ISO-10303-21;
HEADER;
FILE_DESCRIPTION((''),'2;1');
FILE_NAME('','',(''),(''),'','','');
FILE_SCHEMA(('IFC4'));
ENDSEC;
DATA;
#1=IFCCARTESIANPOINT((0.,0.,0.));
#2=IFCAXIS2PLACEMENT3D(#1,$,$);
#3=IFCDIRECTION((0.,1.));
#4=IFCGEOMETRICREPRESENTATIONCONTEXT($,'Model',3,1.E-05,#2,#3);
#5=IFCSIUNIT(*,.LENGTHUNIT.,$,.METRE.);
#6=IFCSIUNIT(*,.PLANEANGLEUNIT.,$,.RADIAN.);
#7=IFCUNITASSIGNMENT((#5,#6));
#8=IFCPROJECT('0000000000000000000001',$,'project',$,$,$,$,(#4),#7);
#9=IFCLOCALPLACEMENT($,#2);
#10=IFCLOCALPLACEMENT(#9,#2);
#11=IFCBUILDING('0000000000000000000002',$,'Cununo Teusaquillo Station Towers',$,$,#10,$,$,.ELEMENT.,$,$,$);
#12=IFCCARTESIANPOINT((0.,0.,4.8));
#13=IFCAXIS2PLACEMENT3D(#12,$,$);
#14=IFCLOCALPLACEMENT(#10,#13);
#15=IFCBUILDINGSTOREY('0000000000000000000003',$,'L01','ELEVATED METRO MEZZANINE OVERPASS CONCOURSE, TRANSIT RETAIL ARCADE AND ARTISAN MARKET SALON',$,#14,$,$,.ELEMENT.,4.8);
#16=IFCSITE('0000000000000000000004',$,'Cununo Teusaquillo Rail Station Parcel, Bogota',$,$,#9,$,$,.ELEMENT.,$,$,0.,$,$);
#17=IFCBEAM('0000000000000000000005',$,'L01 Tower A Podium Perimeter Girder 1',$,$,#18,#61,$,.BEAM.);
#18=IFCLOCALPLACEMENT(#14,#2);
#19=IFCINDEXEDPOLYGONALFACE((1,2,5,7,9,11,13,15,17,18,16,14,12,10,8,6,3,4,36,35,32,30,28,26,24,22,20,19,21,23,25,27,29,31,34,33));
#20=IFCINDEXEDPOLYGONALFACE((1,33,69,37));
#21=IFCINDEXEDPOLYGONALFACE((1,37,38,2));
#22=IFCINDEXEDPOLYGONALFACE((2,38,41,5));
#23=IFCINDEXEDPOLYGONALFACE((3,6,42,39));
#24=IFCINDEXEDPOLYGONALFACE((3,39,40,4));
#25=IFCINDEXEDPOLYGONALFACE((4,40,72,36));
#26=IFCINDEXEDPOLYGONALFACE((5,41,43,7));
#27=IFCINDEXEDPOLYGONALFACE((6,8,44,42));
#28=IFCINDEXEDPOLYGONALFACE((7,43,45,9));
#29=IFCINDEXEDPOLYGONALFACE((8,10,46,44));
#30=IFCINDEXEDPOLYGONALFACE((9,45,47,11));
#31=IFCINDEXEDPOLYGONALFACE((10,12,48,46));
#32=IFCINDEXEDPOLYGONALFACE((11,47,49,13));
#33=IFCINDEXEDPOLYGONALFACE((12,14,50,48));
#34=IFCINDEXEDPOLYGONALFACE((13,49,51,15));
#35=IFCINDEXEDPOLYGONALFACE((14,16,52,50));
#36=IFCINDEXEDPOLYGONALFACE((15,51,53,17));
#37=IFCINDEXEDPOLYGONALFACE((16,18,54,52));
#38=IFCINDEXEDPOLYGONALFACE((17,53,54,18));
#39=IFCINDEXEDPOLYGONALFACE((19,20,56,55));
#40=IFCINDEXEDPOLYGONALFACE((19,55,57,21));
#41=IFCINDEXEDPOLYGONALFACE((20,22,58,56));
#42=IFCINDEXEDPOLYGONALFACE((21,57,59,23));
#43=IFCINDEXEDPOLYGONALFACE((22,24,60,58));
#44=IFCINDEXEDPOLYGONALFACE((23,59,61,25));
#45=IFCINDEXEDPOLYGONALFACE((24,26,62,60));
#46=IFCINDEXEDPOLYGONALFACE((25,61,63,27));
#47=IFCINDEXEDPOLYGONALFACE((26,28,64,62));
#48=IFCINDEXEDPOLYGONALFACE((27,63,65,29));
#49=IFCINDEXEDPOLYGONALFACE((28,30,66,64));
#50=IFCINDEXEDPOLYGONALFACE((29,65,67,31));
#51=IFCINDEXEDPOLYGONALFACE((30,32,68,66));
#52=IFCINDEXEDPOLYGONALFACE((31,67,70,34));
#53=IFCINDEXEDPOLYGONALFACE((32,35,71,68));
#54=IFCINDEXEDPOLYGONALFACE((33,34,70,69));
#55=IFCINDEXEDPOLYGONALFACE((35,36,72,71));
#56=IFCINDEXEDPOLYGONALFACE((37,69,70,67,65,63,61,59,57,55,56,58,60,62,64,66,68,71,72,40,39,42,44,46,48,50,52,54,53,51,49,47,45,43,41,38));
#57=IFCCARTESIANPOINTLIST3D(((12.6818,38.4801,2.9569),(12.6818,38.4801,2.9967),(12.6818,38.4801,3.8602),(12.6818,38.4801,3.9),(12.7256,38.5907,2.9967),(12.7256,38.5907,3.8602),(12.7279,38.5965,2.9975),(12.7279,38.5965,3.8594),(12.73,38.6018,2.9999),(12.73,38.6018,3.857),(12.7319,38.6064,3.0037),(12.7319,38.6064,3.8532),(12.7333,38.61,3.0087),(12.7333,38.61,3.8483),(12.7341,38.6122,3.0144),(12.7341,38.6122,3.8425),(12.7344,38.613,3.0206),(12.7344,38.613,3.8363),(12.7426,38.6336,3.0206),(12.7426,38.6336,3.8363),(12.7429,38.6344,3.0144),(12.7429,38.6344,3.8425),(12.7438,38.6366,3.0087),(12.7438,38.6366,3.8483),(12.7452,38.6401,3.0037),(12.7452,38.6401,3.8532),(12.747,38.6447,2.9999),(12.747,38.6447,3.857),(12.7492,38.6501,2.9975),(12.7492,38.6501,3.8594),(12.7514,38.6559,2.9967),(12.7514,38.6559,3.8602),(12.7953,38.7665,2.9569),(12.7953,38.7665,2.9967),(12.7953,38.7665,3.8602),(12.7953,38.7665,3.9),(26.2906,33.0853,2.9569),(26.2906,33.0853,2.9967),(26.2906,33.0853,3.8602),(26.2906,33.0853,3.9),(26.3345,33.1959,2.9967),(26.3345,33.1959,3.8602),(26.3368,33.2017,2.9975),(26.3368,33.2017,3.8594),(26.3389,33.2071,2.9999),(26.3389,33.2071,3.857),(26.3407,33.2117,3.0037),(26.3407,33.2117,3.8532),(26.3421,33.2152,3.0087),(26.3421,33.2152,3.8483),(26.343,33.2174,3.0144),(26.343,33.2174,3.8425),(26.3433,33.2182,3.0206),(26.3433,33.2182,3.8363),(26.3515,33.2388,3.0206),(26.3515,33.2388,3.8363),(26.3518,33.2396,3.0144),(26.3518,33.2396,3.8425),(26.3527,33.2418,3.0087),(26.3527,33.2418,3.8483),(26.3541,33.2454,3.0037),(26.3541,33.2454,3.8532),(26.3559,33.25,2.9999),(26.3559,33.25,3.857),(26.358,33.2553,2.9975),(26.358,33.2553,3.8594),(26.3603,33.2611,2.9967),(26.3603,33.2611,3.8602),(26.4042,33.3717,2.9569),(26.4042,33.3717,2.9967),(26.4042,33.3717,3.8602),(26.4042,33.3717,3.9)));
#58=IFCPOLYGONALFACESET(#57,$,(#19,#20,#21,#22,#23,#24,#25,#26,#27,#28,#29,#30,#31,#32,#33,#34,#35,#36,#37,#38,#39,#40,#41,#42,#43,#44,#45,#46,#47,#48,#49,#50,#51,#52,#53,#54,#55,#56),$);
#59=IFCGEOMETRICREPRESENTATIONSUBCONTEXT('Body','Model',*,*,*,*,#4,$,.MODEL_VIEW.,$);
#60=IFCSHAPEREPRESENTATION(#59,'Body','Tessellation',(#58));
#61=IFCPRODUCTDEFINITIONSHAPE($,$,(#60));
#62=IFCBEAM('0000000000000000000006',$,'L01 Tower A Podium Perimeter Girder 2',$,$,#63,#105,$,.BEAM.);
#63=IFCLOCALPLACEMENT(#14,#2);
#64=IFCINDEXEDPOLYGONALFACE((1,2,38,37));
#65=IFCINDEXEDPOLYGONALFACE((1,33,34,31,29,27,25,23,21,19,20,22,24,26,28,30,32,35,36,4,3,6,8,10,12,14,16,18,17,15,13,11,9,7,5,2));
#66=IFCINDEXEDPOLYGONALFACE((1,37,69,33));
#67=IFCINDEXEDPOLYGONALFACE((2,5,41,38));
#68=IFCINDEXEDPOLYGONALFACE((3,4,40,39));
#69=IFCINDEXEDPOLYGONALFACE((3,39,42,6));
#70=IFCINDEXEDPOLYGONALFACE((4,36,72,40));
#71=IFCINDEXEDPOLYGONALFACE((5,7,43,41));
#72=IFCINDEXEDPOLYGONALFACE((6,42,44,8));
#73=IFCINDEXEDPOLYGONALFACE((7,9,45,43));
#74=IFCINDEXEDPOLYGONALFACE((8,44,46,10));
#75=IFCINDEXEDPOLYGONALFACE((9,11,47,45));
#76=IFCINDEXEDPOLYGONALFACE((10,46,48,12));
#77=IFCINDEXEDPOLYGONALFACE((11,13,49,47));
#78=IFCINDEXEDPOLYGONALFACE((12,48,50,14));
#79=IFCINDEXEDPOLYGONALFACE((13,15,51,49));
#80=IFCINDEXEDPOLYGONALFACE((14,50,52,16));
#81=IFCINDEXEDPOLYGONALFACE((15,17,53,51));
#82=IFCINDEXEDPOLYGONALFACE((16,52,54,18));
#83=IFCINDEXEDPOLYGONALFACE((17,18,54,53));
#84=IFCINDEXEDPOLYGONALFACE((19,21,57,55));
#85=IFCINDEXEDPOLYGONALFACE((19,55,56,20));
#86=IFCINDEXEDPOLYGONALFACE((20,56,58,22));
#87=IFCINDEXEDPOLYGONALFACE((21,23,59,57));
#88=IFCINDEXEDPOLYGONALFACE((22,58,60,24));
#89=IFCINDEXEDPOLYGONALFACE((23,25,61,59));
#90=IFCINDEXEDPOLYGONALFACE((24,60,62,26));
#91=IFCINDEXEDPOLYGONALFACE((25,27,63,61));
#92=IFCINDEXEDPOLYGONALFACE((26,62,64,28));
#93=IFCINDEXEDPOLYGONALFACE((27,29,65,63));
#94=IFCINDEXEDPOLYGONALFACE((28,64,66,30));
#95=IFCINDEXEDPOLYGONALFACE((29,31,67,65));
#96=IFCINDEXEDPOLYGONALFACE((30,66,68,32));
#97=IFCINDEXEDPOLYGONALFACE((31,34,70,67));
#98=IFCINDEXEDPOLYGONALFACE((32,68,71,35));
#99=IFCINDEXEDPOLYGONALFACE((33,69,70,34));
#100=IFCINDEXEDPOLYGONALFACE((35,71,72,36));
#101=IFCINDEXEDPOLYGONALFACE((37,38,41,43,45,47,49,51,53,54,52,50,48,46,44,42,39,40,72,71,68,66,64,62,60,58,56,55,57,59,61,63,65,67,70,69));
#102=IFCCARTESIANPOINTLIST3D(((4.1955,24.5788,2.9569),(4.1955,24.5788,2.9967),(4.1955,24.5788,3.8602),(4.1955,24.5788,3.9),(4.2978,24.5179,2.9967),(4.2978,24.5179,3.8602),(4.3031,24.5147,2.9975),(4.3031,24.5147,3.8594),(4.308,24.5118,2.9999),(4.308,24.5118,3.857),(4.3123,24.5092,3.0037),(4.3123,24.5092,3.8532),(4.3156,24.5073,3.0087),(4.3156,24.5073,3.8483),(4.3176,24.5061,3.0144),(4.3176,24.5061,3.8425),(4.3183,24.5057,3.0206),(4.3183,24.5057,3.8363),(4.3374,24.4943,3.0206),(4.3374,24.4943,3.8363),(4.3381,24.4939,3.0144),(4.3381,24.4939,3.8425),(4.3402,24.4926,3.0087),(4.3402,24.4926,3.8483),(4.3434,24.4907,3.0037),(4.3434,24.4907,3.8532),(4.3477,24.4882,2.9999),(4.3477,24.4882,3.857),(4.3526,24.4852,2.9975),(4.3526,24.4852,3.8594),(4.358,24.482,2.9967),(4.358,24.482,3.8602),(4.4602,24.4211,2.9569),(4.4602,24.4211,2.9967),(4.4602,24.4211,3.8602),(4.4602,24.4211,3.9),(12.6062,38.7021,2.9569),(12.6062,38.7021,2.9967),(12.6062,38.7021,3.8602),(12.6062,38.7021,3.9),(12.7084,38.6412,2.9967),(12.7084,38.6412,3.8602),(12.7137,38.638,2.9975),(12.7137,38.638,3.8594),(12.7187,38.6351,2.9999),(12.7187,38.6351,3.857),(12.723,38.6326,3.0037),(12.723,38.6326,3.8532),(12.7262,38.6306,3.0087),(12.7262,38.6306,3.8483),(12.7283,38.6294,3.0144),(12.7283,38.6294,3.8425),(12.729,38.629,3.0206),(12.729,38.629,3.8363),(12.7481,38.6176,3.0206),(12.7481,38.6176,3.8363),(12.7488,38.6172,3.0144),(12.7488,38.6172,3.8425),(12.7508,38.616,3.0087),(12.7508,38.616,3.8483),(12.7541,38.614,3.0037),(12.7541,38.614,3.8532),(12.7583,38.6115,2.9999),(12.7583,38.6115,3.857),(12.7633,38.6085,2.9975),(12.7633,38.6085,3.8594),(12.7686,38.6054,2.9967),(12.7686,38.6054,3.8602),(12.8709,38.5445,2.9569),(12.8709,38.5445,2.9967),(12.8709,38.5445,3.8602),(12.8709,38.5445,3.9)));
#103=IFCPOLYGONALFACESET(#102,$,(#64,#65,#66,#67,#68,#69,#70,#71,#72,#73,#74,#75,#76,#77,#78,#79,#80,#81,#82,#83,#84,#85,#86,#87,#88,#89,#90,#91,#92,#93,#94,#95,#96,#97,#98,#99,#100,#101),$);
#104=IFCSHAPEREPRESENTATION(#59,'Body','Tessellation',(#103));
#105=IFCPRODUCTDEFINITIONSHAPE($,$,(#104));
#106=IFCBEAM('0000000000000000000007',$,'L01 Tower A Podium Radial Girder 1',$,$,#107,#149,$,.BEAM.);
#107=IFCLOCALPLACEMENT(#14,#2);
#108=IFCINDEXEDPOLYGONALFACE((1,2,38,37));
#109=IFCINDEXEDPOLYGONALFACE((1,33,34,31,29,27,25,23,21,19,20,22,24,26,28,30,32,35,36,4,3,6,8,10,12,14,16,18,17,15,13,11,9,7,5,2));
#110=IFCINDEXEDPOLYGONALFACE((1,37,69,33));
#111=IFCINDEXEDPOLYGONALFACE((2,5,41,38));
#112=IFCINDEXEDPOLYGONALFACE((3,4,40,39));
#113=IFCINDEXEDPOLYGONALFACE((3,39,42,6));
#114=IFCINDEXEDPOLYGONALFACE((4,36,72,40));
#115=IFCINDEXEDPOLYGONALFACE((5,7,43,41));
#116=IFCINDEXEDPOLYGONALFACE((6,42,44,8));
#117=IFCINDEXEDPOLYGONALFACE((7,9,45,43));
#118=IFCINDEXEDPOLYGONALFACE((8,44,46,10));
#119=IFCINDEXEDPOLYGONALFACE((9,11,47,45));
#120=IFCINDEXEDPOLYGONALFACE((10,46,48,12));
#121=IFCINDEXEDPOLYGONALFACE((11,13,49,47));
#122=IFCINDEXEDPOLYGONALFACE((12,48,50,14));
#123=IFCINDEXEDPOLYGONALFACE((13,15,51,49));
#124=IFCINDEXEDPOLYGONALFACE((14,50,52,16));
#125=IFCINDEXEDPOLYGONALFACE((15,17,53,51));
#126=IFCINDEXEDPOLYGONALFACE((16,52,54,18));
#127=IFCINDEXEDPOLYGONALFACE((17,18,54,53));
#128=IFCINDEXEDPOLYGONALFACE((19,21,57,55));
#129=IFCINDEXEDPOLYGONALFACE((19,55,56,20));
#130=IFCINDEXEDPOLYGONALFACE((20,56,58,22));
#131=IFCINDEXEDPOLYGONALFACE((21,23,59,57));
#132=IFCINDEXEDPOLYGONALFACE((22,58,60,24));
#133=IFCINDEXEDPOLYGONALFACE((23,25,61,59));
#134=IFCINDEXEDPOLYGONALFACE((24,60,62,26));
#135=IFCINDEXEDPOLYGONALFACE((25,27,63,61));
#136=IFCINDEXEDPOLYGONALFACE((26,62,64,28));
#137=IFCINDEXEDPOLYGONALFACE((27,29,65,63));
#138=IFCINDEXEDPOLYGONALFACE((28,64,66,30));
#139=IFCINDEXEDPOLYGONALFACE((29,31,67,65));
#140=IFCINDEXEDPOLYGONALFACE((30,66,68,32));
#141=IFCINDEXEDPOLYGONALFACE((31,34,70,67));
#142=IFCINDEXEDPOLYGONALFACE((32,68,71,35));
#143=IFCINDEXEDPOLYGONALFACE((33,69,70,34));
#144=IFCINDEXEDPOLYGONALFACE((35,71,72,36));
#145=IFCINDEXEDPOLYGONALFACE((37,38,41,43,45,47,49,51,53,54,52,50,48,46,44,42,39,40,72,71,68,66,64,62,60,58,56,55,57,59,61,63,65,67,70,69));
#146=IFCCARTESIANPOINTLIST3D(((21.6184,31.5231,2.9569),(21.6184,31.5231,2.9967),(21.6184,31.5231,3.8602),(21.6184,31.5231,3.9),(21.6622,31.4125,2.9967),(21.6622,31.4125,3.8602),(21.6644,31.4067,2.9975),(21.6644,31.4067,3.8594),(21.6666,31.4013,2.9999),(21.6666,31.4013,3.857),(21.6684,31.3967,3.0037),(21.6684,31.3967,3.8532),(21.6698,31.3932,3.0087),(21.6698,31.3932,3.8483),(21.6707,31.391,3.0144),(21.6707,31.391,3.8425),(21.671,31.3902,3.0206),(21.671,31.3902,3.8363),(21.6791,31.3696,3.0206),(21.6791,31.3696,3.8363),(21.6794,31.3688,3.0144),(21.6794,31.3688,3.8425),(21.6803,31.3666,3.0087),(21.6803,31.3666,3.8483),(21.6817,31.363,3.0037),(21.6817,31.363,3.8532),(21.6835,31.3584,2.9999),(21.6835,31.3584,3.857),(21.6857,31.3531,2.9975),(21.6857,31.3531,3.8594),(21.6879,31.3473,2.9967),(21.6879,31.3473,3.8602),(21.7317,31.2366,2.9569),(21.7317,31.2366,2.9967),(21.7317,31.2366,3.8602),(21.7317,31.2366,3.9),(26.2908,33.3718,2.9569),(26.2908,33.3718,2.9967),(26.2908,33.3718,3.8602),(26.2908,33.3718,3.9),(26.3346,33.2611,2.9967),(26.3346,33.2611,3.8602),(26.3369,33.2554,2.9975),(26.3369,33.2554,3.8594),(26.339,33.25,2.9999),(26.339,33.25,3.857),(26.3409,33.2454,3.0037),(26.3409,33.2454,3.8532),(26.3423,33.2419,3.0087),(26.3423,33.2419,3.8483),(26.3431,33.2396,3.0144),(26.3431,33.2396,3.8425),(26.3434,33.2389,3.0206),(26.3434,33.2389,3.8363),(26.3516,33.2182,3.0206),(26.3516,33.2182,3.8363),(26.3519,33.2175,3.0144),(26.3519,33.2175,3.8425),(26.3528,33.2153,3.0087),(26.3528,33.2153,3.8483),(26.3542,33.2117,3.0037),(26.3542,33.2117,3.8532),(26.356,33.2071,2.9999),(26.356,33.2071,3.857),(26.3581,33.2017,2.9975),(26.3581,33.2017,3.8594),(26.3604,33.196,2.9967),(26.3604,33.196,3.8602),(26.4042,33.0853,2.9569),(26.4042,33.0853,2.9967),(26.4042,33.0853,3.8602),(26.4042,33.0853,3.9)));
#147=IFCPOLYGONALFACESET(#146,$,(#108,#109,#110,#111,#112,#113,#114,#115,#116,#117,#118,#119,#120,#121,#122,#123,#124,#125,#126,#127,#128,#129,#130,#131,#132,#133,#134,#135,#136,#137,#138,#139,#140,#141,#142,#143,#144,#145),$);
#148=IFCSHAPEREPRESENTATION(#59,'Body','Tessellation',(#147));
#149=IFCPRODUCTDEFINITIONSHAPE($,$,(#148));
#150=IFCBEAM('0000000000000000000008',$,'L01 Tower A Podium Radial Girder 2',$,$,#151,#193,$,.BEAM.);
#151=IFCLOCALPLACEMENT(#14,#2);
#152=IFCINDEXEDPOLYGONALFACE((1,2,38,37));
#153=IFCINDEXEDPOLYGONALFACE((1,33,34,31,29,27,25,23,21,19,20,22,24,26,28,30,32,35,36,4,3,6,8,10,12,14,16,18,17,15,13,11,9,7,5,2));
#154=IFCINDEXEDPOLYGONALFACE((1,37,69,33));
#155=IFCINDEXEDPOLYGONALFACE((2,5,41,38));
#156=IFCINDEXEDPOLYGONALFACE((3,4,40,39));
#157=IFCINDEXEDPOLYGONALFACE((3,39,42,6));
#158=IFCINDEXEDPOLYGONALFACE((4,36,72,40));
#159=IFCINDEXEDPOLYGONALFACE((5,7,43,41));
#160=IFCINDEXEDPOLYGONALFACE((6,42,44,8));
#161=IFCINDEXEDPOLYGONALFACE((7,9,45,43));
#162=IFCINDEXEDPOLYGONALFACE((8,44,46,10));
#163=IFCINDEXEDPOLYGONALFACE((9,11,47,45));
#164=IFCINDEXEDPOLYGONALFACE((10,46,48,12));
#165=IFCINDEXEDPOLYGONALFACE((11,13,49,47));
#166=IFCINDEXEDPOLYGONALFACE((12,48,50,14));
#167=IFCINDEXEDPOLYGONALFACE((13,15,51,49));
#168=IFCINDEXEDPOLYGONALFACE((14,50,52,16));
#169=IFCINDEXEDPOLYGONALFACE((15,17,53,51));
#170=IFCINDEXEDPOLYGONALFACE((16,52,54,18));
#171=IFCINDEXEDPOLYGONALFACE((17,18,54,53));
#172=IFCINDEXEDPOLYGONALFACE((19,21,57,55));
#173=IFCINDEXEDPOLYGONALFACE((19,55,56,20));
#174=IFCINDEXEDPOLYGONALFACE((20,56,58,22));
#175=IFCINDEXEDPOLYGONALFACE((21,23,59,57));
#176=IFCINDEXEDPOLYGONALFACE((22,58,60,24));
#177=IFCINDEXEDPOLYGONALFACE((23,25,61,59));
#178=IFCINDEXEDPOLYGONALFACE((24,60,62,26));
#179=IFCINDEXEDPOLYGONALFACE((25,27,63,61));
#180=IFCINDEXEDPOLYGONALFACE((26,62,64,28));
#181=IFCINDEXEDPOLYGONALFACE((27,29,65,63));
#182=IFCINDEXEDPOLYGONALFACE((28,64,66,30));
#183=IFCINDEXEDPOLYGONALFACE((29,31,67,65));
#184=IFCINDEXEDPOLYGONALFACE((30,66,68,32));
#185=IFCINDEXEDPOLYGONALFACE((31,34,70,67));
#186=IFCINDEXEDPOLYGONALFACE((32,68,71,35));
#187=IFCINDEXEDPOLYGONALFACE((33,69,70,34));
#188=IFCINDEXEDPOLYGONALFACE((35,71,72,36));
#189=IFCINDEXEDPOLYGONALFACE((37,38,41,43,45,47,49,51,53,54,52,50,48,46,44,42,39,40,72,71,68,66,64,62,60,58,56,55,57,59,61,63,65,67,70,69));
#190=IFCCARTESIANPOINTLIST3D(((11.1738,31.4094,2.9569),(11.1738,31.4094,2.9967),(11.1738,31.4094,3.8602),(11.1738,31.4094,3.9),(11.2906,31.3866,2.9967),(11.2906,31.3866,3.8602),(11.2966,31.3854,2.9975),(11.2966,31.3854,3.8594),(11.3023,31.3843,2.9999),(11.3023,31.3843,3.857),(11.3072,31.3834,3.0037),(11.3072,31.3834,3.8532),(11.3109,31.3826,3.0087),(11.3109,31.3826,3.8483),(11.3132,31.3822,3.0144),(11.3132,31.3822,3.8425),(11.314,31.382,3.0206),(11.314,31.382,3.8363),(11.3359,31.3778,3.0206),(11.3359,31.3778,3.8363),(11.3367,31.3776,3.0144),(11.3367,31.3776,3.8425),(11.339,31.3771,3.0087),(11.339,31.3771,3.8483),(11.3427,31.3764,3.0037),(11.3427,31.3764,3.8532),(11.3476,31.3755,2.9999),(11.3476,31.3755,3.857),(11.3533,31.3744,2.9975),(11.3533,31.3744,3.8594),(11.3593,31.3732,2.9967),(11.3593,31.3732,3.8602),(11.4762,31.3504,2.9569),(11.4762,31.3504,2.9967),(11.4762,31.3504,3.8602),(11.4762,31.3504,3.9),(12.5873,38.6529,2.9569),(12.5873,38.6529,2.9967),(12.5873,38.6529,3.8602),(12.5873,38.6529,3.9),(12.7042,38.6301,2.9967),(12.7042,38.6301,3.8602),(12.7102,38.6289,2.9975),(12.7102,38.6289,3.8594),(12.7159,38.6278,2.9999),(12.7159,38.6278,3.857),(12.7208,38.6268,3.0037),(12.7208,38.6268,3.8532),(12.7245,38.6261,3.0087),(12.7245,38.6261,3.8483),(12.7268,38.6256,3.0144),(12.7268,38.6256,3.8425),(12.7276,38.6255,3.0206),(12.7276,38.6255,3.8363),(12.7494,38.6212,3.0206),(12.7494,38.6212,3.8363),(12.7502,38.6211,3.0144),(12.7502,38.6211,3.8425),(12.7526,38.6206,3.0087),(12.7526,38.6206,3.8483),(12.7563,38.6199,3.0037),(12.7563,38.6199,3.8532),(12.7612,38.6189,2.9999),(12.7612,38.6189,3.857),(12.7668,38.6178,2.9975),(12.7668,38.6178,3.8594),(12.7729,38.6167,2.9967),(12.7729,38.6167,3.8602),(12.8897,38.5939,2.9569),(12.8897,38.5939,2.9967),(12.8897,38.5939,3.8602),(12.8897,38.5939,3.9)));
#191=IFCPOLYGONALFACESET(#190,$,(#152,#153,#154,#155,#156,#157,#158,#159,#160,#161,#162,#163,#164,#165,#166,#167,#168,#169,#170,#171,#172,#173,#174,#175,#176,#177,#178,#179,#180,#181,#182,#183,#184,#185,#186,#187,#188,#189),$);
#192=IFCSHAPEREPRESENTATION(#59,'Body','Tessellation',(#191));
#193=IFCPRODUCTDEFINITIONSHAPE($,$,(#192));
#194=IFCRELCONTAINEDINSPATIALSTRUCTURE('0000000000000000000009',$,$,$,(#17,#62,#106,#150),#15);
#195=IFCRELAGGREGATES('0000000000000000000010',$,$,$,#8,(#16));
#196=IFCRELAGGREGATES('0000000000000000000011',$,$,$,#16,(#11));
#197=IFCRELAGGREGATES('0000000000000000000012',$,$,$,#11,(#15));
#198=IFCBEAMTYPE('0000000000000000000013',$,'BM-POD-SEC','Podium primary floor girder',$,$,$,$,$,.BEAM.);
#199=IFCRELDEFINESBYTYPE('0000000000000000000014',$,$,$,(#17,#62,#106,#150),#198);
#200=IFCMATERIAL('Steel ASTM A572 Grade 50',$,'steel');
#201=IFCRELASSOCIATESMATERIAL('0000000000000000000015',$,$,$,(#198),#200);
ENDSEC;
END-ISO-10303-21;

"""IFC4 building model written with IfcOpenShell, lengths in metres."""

from ifc_helpers import new_model, si_unit, direction, frame, origin, origin_2d, place, context, subcontext, project, spatial, i_section, extrude, material, material_profile, profile_set, type_object, element, save


model = new_model("IFC4")

# Units and contexts
model_context = context("Model", 3, precision=1e-05, world=origin(), true_north=direction((0.0, 1.0)))
body_context = subcontext(model_context, "Body", "Model", "MODEL_VIEW")
ifc_project = project(units=[si_unit("LENGTHUNIT", "METRE"), si_unit("PLANEANGLEUNIT", "RADIAN")], contexts=[model_context])

# Site, building, storey
site_placement = place(None, origin())
site = spatial("IfcSite", under=ifc_project, at=site_placement, Name="Cununo Teusaquillo Rail Station Parcel, Bogota", CompositionType="ELEMENT", RefElevation=0.0)
building_placement = place(site_placement, origin())
building = spatial("IfcBuilding", under=site, at=building_placement, Name="Cununo Teusaquillo Station Towers", CompositionType="ELEMENT")
storey_placement = place(building_placement, frame((0.0, 0.0, 4.8)))
storey = spatial("IfcBuildingStorey", under=building, at=storey_placement, Name="L01", Description="ELEVATED METRO MEZZANINE OVERPASS CONCOURSE, TRANSIT RETAIL ARCADE AND ARTISAN MARKET SALON", CompositionType="ELEMENT", Elevation=4.8)

# Beams
ifc_material_1 = material(Name="Steel ASTM A572 Grade 50", Category="steel")
ifc_material_profile_1 = material_profile(ifc_material_1, i_section(OverallWidth=0.3081, OverallDepth=0.9431, WebThickness=0.0222, FlangeThickness=0.0398, FilletRadius=0.0239, at=origin_2d()), Name="W36X232")
ifc_profile_set_1 = profile_set([ifc_material_profile_1], Name="Steel ASTM A572 Grade 50")
beam_type_1 = type_object("IfcBeamType", Name="BM-POD-SEC", Description="Podium primary floor girder", PredefinedType="BEAM", material=ifc_profile_set_1)
beam_1_placement = place(storey_placement, frame((26.3474, 33.2285, 3.4285), z_axis=(-0.929621, 0.368516, 0.0), x_axis=(-0.368516, -0.929621, 0.0)))
element("IfcBeam", 1, at=beam_1_placement, inside=storey, type_object=beam_type_1, Name="L01 Tower A Podium Perimeter Girder 1", PredefinedType="BEAM", context=body_context, shape_type="SweptSolid", body=[
    extrude(i_section(OverallWidth=0.3081, OverallDepth=0.9431, WebThickness=0.0222, FlangeThickness=0.0398, FilletRadius=0.0239, at=origin_2d()), origin(), (0.0, 0.0, 1.0), 14.6392),
])
beam_2_placement = place(storey_placement, frame((12.7385, 38.6233, 3.4285), z_axis=(-0.51166, -0.859188, 0.0), x_axis=(0.859188, -0.51166, 0.0)))
element("IfcBeam", 2, at=beam_2_placement, inside=storey, type_object=beam_type_1, Name="L01 Tower A Podium Perimeter Girder 2", PredefinedType="BEAM", context=body_context, shape_type="SweptSolid", body=[
    extrude(i_section(OverallWidth=0.3081, OverallDepth=0.9431, WebThickness=0.0222, FlangeThickness=0.0398, FilletRadius=0.0239, at=origin_2d()), origin(), (0.0, 0.0, 1.0), 16.438),
])
beam_3_placement = place(storey_placement, frame((21.675, 31.3799, 3.4285), z_axis=(0.929864, 0.367903, 0.0), x_axis=(-0.367903, 0.929864, 0.0)))
element("IfcBeam", 3, at=beam_3_placement, inside=storey, type_object=beam_type_1, Name="L01 Tower A Podium Radial Girder 1", PredefinedType="BEAM", context=body_context, shape_type="SweptSolid", body=[
    extrude(i_section(OverallWidth=0.3081, OverallDepth=0.9431, WebThickness=0.0222, FlangeThickness=0.0398, FilletRadius=0.0239, at=origin_2d()), origin(), (0.0, 0.0, 1.0), 5.0249),
])
beam_4_placement = place(storey_placement, frame((11.325, 31.3799, 3.4285), z_axis=(0.19154, 0.981485, 0.0), x_axis=(-0.981485, 0.19154, 0.0)))
element("IfcBeam", 4, at=beam_4_placement, inside=storey, type_object=beam_type_1, Name="L01 Tower A Podium Radial Girder 2", PredefinedType="BEAM", context=body_context, shape_type="SweptSolid", body=[
    extrude(i_section(OverallWidth=0.3081, OverallDepth=0.9431, WebThickness=0.0222, FlangeThickness=0.0398, FilletRadius=0.0239, at=origin_2d()), origin(), (0.0, 0.0, 1.0), 7.3801),
])

save(model, "model.ifc")
